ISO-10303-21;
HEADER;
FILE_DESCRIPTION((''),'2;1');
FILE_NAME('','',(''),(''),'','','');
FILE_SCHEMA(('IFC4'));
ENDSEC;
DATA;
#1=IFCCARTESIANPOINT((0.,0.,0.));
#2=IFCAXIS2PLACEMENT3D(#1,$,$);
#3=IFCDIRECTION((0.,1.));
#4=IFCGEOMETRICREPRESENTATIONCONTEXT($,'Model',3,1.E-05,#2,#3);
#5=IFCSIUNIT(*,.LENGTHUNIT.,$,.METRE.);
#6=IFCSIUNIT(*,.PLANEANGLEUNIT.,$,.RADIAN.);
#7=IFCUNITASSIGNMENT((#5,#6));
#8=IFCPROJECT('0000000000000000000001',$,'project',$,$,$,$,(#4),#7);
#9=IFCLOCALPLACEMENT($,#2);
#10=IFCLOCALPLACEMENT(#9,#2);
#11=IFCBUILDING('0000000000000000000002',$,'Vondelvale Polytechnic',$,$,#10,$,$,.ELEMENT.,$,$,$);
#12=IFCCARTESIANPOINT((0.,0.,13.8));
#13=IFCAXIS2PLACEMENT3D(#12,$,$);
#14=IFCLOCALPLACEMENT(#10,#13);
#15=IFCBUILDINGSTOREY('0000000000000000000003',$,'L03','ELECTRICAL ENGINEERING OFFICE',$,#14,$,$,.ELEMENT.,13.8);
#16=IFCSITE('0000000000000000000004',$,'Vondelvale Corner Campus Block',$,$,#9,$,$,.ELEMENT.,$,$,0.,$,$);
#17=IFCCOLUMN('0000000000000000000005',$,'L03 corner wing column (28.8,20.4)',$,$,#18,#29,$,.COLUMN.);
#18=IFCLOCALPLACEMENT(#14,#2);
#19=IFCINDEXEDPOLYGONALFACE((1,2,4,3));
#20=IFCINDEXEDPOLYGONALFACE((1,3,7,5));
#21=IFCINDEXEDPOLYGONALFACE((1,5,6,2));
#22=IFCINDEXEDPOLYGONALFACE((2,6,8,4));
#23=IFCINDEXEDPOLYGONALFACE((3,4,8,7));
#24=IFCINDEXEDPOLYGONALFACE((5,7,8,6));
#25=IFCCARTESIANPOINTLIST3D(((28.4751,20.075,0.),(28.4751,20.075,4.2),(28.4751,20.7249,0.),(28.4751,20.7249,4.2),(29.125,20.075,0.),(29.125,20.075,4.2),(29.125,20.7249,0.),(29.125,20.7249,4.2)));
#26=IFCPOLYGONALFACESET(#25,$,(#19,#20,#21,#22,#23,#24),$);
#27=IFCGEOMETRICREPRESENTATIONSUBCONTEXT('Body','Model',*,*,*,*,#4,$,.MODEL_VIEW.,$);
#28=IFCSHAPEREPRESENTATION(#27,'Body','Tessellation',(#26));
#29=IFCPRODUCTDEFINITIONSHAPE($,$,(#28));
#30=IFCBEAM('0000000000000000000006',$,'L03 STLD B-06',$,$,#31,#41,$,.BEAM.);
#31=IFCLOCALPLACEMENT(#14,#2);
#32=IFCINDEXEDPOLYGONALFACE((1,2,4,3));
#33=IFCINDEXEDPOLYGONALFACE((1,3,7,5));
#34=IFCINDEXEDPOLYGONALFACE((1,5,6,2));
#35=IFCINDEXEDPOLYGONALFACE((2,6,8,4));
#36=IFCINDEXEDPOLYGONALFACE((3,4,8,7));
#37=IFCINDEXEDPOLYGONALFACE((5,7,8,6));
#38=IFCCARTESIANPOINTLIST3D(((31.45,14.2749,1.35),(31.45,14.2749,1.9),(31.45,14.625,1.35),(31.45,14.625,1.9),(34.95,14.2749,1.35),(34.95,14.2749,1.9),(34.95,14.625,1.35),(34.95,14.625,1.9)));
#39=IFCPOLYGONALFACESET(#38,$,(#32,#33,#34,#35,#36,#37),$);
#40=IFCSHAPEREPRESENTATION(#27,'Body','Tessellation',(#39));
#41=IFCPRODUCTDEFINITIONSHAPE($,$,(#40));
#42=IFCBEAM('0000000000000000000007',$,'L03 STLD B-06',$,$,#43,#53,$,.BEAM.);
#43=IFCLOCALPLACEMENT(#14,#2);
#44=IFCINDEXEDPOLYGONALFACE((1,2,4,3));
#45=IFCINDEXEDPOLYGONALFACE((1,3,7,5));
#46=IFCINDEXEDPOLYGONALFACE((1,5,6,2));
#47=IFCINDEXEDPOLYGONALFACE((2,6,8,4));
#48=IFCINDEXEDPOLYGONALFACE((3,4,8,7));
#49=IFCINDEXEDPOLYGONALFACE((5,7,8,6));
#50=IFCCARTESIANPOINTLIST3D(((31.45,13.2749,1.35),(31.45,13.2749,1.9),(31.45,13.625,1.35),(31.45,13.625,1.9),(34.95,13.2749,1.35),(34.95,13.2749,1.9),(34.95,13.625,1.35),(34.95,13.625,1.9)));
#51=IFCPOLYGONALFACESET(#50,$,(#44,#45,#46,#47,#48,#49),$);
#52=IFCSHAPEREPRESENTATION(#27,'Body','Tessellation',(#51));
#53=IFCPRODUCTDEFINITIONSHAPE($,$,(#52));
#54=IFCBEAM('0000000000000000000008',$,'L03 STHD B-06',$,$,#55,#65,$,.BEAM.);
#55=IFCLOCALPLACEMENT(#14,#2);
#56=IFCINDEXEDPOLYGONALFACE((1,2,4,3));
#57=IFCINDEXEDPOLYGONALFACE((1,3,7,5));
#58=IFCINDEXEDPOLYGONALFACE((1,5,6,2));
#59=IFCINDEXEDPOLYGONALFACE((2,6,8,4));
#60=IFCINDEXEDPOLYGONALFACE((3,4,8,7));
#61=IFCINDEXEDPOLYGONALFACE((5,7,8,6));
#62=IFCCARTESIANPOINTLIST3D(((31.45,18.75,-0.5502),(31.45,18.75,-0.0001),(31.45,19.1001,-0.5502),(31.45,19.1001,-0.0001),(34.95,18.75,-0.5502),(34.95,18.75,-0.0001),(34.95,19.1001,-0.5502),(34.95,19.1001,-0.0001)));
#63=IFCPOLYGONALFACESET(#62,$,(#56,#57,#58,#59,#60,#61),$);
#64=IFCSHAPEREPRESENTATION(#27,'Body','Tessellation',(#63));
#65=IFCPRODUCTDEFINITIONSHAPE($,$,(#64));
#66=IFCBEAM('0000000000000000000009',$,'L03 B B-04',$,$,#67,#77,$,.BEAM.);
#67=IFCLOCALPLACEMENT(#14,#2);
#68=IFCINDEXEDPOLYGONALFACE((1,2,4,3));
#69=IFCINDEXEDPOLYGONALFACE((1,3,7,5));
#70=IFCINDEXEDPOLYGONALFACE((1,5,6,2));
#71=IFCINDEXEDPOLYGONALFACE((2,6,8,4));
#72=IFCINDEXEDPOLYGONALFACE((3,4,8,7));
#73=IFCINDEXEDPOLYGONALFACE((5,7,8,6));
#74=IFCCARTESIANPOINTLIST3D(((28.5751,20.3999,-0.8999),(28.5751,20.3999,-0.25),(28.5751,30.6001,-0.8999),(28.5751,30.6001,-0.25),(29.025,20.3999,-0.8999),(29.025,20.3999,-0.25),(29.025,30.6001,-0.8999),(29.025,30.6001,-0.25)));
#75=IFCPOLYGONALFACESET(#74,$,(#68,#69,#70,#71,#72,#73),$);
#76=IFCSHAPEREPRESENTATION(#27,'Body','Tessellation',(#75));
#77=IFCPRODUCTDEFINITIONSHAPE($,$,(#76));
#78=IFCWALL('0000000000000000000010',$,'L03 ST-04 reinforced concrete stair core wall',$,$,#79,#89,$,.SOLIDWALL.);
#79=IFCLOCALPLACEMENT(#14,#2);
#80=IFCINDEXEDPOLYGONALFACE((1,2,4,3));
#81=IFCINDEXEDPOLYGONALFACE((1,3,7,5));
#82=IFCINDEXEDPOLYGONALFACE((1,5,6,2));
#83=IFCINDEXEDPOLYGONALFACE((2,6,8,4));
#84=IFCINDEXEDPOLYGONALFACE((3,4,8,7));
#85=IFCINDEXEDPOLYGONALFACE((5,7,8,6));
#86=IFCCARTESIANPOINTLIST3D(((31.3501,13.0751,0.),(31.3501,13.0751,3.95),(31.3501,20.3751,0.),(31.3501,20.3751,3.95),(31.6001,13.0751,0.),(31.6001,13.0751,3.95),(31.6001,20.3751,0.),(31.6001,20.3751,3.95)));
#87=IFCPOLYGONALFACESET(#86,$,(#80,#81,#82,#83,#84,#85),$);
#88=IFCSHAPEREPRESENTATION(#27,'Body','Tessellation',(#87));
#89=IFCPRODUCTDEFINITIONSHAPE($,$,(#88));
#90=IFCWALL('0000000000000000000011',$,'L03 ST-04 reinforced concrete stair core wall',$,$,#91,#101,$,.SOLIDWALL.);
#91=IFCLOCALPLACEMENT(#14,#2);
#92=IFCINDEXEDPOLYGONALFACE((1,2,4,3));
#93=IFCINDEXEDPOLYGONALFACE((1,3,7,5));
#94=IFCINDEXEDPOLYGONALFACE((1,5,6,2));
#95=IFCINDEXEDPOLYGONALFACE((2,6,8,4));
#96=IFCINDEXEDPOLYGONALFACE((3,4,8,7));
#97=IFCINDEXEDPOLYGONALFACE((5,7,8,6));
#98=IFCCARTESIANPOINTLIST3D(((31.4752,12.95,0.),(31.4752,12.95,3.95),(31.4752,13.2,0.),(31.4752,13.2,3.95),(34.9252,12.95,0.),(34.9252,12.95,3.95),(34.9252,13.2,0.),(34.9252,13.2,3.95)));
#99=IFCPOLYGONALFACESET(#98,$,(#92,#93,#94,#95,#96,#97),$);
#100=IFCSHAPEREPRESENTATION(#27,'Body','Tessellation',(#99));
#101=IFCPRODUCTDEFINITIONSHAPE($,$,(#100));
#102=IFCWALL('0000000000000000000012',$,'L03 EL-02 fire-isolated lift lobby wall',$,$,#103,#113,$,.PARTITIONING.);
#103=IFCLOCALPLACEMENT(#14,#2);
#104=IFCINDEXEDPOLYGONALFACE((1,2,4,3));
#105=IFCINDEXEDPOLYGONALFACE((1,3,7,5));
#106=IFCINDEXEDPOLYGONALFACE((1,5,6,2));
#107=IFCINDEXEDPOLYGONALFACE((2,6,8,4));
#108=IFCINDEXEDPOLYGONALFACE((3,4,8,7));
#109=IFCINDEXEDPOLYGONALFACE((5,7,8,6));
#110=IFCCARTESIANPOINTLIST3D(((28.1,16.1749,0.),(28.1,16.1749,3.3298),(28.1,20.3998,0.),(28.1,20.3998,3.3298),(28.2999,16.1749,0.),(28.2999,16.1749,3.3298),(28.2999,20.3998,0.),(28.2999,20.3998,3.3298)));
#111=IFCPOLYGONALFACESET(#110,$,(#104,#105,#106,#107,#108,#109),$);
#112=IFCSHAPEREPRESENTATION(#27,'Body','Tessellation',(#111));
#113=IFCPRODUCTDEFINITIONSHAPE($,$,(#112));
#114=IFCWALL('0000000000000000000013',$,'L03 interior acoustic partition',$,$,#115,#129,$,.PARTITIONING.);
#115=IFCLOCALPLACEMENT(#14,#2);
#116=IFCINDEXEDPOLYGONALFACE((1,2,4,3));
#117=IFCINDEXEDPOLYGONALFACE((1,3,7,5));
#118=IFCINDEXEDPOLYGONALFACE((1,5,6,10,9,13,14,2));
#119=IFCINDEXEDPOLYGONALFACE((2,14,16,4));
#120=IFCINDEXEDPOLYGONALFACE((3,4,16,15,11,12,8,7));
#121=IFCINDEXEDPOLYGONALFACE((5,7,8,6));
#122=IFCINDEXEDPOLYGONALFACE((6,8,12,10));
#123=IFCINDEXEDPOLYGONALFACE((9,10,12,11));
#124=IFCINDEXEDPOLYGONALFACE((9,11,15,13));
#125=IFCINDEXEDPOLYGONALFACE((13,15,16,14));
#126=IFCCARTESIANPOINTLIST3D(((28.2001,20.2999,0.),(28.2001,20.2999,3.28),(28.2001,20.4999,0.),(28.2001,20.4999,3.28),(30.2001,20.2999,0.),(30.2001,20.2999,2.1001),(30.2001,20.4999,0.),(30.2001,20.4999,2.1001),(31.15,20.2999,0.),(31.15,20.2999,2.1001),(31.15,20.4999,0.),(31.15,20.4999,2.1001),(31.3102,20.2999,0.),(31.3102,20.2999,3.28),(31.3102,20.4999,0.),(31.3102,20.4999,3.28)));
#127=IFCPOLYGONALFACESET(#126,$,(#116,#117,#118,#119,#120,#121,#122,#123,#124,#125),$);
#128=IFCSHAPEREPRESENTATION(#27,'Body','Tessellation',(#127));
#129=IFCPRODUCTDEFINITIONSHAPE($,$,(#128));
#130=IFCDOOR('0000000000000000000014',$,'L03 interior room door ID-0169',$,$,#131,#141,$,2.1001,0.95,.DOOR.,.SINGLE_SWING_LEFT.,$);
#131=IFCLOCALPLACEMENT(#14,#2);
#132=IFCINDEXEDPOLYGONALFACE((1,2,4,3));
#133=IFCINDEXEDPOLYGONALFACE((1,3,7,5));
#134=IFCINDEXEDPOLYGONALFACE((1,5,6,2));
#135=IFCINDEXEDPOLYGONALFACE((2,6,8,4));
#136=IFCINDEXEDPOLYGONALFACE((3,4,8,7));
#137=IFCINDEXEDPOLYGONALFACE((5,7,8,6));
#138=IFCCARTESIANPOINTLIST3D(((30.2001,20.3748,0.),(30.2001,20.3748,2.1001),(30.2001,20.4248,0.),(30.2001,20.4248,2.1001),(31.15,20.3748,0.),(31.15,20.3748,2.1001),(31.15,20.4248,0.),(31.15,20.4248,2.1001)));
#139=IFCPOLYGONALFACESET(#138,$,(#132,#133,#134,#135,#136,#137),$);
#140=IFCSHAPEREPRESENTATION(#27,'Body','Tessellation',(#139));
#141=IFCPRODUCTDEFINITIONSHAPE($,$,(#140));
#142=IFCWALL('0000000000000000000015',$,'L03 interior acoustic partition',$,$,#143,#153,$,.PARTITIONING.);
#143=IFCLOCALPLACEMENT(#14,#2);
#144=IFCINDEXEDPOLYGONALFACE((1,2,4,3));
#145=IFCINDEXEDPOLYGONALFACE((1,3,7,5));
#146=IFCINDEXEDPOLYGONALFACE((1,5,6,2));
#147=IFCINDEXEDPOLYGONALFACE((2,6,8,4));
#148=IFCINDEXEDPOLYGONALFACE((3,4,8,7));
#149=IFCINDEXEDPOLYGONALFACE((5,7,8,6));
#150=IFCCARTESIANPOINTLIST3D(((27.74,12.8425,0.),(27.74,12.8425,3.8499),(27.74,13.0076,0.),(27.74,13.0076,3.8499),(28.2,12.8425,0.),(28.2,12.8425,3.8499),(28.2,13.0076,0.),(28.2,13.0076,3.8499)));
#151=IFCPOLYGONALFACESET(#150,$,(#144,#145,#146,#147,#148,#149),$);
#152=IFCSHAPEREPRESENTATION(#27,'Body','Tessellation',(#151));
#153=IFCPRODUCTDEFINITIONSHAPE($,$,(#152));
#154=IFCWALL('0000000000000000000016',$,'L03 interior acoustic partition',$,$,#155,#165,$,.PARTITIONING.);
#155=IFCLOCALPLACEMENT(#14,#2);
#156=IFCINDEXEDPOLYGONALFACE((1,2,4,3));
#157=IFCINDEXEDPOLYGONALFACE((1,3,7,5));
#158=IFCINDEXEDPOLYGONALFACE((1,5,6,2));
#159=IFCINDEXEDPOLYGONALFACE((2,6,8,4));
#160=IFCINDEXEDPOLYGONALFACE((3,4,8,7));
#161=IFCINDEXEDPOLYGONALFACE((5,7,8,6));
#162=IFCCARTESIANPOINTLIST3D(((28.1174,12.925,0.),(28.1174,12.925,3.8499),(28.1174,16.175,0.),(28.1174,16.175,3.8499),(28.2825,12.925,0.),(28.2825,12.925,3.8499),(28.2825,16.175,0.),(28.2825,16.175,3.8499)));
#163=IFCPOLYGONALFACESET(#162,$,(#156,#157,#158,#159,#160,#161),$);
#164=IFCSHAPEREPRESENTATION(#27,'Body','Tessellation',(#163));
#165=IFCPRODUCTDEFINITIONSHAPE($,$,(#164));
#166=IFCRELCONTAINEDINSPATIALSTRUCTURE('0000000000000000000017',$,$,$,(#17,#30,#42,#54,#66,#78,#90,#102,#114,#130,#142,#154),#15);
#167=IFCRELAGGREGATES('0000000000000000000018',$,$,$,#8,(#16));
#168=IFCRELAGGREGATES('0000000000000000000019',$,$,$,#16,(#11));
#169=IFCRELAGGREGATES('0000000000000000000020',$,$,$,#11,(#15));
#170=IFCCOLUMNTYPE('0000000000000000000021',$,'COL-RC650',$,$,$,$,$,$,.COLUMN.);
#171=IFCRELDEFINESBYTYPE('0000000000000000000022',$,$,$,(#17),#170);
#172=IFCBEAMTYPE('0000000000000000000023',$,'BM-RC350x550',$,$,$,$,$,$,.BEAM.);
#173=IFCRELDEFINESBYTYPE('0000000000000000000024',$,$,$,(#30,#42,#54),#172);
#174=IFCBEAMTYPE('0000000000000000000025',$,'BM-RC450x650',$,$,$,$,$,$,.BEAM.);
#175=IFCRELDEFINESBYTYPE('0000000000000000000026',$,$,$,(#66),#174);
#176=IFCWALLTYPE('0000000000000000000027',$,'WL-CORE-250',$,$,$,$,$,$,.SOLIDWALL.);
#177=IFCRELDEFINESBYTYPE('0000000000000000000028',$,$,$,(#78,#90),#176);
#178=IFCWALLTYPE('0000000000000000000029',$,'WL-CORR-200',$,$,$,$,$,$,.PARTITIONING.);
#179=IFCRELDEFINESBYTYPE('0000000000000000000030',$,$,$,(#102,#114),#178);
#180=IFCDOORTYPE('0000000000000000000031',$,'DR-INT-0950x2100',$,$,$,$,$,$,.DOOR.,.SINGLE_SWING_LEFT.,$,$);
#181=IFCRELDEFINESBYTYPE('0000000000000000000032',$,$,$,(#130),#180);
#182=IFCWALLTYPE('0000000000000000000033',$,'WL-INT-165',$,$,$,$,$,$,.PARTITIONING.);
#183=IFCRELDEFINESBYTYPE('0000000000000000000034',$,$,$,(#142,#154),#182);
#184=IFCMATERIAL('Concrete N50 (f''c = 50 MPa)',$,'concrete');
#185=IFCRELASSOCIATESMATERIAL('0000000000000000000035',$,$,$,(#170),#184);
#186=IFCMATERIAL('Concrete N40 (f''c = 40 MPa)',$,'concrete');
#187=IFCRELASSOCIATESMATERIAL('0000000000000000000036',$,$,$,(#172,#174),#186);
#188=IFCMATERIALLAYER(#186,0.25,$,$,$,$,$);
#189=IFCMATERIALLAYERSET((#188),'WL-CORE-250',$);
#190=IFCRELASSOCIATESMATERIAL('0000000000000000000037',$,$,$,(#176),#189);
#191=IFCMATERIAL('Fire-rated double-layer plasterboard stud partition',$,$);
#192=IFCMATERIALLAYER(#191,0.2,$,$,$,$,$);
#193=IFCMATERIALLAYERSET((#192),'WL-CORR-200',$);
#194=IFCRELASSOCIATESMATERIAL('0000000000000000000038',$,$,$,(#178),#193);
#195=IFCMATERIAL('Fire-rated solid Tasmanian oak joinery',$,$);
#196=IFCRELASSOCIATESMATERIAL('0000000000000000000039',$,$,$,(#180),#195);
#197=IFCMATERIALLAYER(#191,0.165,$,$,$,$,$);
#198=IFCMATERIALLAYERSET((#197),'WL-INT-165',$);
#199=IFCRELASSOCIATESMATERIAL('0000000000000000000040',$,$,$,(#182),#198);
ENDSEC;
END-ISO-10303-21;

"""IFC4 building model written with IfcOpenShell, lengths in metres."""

from ifc_helpers import new_model, si_unit, direction, frame, frame_2d, origin, origin_2d, place, context, subcontext, project, spatial, rectangle, extrude, material, layer, layer_set, material_profile, profile_set, type_object, element, fill, save


model = new_model("IFC4")

# Units and contexts
model_context = context("Model", 3, precision=1e-05, world=origin(), true_north=direction((0.0, 1.0)))
body_context = subcontext(model_context, "Body", "Model", "MODEL_VIEW")
ifc_project = project(units=[si_unit("LENGTHUNIT", "METRE"), si_unit("PLANEANGLEUNIT", "RADIAN")], contexts=[model_context])

# Site, building, storey
site_placement = place(None, origin())
site = spatial("IfcSite", under=ifc_project, at=site_placement, Name="Vondelvale Corner Campus Block", CompositionType="ELEMENT", RefElevation=0.0)
building_placement = place(site_placement, origin())
building = spatial("IfcBuilding", under=site, at=building_placement, Name="Vondelvale Polytechnic", CompositionType="ELEMENT")
storey_placement = place(building_placement, frame((0.0, 0.0, 13.8)))
storey = spatial("IfcBuildingStorey", under=building, at=storey_placement, Name="L03", Description="ELECTRICAL ENGINEERING OFFICE", CompositionType="ELEMENT", Elevation=13.8)

# Column
ifc_material_1 = material(Name="Concrete N50 (f'c = 50 MPa)", Category="concrete")
ifc_material_profile_1 = material_profile(ifc_material_1, rectangle(XDim=0.6499, YDim=0.6499, at=origin_2d()), Name="RC-COL-650x650")
ifc_profile_set_1 = profile_set([ifc_material_profile_1], Name="Concrete N50 (f'c = 50 MPa)")
column_type = type_object("IfcColumnType", Name="COL-RC650", PredefinedType="COLUMN", material=ifc_profile_set_1)
column_placement = place(storey_placement, frame((28.8, 20.3999, 0.0), z_axis=(0.0, 0.0, 1.0), x_axis=(1.0, 0.0, 0.0)))
element("IfcColumn", 1, at=column_placement, inside=storey, type_object=column_type, Name="L03 corner wing column (28.8,20.4)", PredefinedType="COLUMN", context=body_context, shape_type="SweptSolid", body=[
    extrude(rectangle(XDim=0.6499, YDim=0.6499, at=origin_2d()), origin(), (0.0, 0.0, 1.0), 4.2),
])

# Beams
ifc_material_2 = material(Name="Concrete N40 (f'c = 40 MPa)", Category="concrete")
ifc_material_profile_2 = material_profile(ifc_material_2, rectangle(XDim=0.3501, YDim=0.55, at=origin_2d()), Name="RC-BM-350x550")
ifc_profile_set_2 = profile_set([ifc_material_profile_2], Name="Concrete N40 (f'c = 40 MPa)")
beam_type_1 = type_object("IfcBeamType", Name="BM-RC350x550", PredefinedType="BEAM", material=ifc_profile_set_2)
for number, where, z_axis, x_axis, name in (
    (2, (31.45, 14.45, 1.625), (1.0, 0.0, 0.0), (0.0, 1.0, 0.0), "L03 STLD B-06"),
    (3, (31.45, 13.45, 1.625), (1.0, 0.0, 0.0), (0.0, 1.0, 0.0), "L03 STLD B-06"),
    (4, (31.45, 18.925, -0.2751), (1.0, 0.0, 0.0), (0.0, 1.0, 0.0), "L03 STHD B-06"),
):
    element("IfcBeam", number, at=place(storey_placement, frame(where, z_axis=z_axis, x_axis=x_axis)), inside=storey, type_object=beam_type_1, Name=name, PredefinedType="BEAM", context=body_context, shape_type="SweptSolid", body=[
        extrude(rectangle(XDim=0.3501, YDim=0.55, at=origin_2d()), origin(), (0.0, 0.0, 1.0), 3.5),
    ])
ifc_material_profile_3 = material_profile(ifc_material_2, rectangle(XDim=0.45, YDim=0.6499, at=origin_2d()), Name="RC-BM-450x650")
ifc_profile_set_3 = profile_set([ifc_material_profile_3], Name="Concrete N40 (f'c = 40 MPa)")
beam_type_2 = type_object("IfcBeamType", Name="BM-RC450x650", PredefinedType="BEAM", material=ifc_profile_set_3)
beam_placement = place(storey_placement, frame((28.8, 20.3999, -0.575), z_axis=(0.0, 1.0, 0.0), x_axis=(-1.0, 0.0, 0.0)))
element("IfcBeam", 5, at=beam_placement, inside=storey, type_object=beam_type_2, Name="L03 B B-04", PredefinedType="BEAM", context=body_context, shape_type="SweptSolid", body=[
    extrude(rectangle(XDim=0.45, YDim=0.6499, at=origin_2d()), origin(), (0.0, 0.0, 1.0), 10.2002),
])

# Walls
ifc_layer_1 = layer(ifc_material_2, 0.25)
ifc_layer_set_1 = layer_set([ifc_layer_1], Name="WL-CORE-250")
wall_type_1 = type_object("IfcWallType", Name="WL-CORE-250", PredefinedType="SOLIDWALL", material=ifc_layer_set_1)
wall_1_placement = place(storey_placement, frame((31.4751, 20.375, 0.0), z_axis=(0.0, 0.0, 1.0), x_axis=(0.0, -1.0, 0.0)))
element("IfcWall", 6, at=wall_1_placement, inside=storey, type_object=wall_type_1, Name="L03 ST-04 reinforced concrete stair core wall", PredefinedType="SOLIDWALL", context=body_context, shape_type="SweptSolid", body=[
    extrude(rectangle(XDim=7.3, YDim=0.25, at=frame_2d((3.6499, 0.0))), origin(), (0.0, 0.0, 1.0), 3.95),
])
wall_2_placement = place(storey_placement, frame((31.4751, 13.075, 0.0), z_axis=(0.0, 0.0, 1.0), x_axis=(1.0, 0.0, 0.0)))
element("IfcWall", 7, at=wall_2_placement, inside=storey, type_object=wall_type_1, Name="L03 ST-04 reinforced concrete stair core wall", PredefinedType="SOLIDWALL", context=body_context, shape_type="SweptSolid", body=[
    extrude(rectangle(XDim=3.45, YDim=0.25, at=frame_2d((1.7251, 0.0))), origin(), (0.0, 0.0, 1.0), 3.95),
])
ifc_material_3 = material(Name="Fire-rated double-layer plasterboard stud partition")
ifc_layer_2 = layer(ifc_material_3, 0.2)
ifc_layer_set_2 = layer_set([ifc_layer_2], Name="WL-CORR-200")
wall_type_2 = type_object("IfcWallType", Name="WL-CORR-200", PredefinedType="PARTITIONING", material=ifc_layer_set_2)
wall_3_placement = place(storey_placement, frame((28.2, 16.175, 0.0), z_axis=(0.0, 0.0, 1.0), x_axis=(0.0, 1.0, 0.0)))
element("IfcWall", 8, at=wall_3_placement, inside=storey, type_object=wall_type_2, Name="L03 EL-02 fire-isolated lift lobby wall", PredefinedType="PARTITIONING", context=body_context, shape_type="SweptSolid", body=[
    extrude(rectangle(XDim=4.2249, YDim=0.2, at=frame_2d((2.1123, 0.0))), origin(), (0.0, 0.0, 1.0), 3.3298),
])

# Wall, opening, door
wall_4_placement = place(storey_placement, frame((28.2, 20.3999, 0.0), z_axis=(0.0, 0.0, 1.0), x_axis=(1.0, 0.0, 0.0)))
wall_4 = element("IfcWall", 9, at=wall_4_placement, inside=storey, type_object=wall_type_2, Name="L03 interior acoustic partition", PredefinedType="PARTITIONING", context=body_context, shape_type="SweptSolid", body=[
    extrude(rectangle(XDim=3.1101, YDim=0.2, at=frame_2d((1.5552, 0.0))), origin(), (0.0, 0.0, 1.0), 3.28),
])
opening_placement = place(wall_4_placement, frame((2.0, 0.0, 0.0)))
opening = element("IfcOpeningElement", 10, at=opening_placement, cuts=wall_4, PredefinedType="OPENING", context=body_context, shape_type="SweptSolid", body=[
    extrude(rectangle(XDim=0.95, YDim=2.1001, at=frame_2d((0.4751, 1.05))), frame((0.0, 0.1099, 0.0), z_axis=(0.0, -1.0, 0.0), x_axis=(1.0, 0.0, 0.0)), (0.0, 0.0, 1.0), 0.22),
])
ifc_material_4 = material(Name="Fire-rated solid Tasmanian oak joinery")
door_type = type_object("IfcDoorType", Name="DR-INT-0950x2100", OperationType="SINGLE_SWING_LEFT", PredefinedType="DOOR", material=ifc_material_4)
door_placement = place(opening_placement, origin())
door = element("IfcDoor", 11, at=door_placement, inside=storey, type_object=door_type, Name="L03 interior room door ID-0169", OperationType="SINGLE_SWING_LEFT", OverallHeight=2.1001, OverallWidth=0.95, PredefinedType="DOOR", context=body_context, shape_type="SweptSolid", body=[
    extrude(rectangle(XDim=0.95, YDim=2.1001, at=frame_2d((0.4751, 1.05))), frame((0.0, 0.0249, 0.0), z_axis=(0.0, -1.0, 0.0), x_axis=(1.0, 0.0, 0.0)), (0.0, 0.0, 1.0), 0.05),
])
fill(opening, door)

# Walls
ifc_layer_3 = layer(ifc_material_3, 0.165)
ifc_layer_set_3 = layer_set([ifc_layer_3], Name="WL-INT-165")
wall_type_3 = type_object("IfcWallType", Name="WL-INT-165", PredefinedType="PARTITIONING", material=ifc_layer_set_3)
wall_5_placement = place(storey_placement, frame((27.74, 12.925, 0.0), z_axis=(0.0, 0.0, 1.0), x_axis=(1.0, 0.0, 0.0)))
element("IfcWall", 12, at=wall_5_placement, inside=storey, type_object=wall_type_3, Name="L03 interior acoustic partition", PredefinedType="PARTITIONING", context=body_context, shape_type="SweptSolid", body=[
    extrude(rectangle(XDim=0.46, YDim=0.165, at=frame_2d((0.23, 0.0))), origin(), (0.0, 0.0, 1.0), 3.8499),
])
wall_6_placement = place(storey_placement, frame((28.2, 12.925, 0.0), z_axis=(0.0, 0.0, 1.0), x_axis=(0.0, 1.0, 0.0)))
element("IfcWall", 13, at=wall_6_placement, inside=storey, type_object=wall_type_3, Name="L03 interior acoustic partition", PredefinedType="PARTITIONING", context=body_context, shape_type="SweptSolid", body=[
    extrude(rectangle(XDim=3.25, YDim=0.165, at=frame_2d((1.625, 0.0))), origin(), (0.0, 0.0, 1.0), 3.8499),
])

save(model, "model.ifc")
